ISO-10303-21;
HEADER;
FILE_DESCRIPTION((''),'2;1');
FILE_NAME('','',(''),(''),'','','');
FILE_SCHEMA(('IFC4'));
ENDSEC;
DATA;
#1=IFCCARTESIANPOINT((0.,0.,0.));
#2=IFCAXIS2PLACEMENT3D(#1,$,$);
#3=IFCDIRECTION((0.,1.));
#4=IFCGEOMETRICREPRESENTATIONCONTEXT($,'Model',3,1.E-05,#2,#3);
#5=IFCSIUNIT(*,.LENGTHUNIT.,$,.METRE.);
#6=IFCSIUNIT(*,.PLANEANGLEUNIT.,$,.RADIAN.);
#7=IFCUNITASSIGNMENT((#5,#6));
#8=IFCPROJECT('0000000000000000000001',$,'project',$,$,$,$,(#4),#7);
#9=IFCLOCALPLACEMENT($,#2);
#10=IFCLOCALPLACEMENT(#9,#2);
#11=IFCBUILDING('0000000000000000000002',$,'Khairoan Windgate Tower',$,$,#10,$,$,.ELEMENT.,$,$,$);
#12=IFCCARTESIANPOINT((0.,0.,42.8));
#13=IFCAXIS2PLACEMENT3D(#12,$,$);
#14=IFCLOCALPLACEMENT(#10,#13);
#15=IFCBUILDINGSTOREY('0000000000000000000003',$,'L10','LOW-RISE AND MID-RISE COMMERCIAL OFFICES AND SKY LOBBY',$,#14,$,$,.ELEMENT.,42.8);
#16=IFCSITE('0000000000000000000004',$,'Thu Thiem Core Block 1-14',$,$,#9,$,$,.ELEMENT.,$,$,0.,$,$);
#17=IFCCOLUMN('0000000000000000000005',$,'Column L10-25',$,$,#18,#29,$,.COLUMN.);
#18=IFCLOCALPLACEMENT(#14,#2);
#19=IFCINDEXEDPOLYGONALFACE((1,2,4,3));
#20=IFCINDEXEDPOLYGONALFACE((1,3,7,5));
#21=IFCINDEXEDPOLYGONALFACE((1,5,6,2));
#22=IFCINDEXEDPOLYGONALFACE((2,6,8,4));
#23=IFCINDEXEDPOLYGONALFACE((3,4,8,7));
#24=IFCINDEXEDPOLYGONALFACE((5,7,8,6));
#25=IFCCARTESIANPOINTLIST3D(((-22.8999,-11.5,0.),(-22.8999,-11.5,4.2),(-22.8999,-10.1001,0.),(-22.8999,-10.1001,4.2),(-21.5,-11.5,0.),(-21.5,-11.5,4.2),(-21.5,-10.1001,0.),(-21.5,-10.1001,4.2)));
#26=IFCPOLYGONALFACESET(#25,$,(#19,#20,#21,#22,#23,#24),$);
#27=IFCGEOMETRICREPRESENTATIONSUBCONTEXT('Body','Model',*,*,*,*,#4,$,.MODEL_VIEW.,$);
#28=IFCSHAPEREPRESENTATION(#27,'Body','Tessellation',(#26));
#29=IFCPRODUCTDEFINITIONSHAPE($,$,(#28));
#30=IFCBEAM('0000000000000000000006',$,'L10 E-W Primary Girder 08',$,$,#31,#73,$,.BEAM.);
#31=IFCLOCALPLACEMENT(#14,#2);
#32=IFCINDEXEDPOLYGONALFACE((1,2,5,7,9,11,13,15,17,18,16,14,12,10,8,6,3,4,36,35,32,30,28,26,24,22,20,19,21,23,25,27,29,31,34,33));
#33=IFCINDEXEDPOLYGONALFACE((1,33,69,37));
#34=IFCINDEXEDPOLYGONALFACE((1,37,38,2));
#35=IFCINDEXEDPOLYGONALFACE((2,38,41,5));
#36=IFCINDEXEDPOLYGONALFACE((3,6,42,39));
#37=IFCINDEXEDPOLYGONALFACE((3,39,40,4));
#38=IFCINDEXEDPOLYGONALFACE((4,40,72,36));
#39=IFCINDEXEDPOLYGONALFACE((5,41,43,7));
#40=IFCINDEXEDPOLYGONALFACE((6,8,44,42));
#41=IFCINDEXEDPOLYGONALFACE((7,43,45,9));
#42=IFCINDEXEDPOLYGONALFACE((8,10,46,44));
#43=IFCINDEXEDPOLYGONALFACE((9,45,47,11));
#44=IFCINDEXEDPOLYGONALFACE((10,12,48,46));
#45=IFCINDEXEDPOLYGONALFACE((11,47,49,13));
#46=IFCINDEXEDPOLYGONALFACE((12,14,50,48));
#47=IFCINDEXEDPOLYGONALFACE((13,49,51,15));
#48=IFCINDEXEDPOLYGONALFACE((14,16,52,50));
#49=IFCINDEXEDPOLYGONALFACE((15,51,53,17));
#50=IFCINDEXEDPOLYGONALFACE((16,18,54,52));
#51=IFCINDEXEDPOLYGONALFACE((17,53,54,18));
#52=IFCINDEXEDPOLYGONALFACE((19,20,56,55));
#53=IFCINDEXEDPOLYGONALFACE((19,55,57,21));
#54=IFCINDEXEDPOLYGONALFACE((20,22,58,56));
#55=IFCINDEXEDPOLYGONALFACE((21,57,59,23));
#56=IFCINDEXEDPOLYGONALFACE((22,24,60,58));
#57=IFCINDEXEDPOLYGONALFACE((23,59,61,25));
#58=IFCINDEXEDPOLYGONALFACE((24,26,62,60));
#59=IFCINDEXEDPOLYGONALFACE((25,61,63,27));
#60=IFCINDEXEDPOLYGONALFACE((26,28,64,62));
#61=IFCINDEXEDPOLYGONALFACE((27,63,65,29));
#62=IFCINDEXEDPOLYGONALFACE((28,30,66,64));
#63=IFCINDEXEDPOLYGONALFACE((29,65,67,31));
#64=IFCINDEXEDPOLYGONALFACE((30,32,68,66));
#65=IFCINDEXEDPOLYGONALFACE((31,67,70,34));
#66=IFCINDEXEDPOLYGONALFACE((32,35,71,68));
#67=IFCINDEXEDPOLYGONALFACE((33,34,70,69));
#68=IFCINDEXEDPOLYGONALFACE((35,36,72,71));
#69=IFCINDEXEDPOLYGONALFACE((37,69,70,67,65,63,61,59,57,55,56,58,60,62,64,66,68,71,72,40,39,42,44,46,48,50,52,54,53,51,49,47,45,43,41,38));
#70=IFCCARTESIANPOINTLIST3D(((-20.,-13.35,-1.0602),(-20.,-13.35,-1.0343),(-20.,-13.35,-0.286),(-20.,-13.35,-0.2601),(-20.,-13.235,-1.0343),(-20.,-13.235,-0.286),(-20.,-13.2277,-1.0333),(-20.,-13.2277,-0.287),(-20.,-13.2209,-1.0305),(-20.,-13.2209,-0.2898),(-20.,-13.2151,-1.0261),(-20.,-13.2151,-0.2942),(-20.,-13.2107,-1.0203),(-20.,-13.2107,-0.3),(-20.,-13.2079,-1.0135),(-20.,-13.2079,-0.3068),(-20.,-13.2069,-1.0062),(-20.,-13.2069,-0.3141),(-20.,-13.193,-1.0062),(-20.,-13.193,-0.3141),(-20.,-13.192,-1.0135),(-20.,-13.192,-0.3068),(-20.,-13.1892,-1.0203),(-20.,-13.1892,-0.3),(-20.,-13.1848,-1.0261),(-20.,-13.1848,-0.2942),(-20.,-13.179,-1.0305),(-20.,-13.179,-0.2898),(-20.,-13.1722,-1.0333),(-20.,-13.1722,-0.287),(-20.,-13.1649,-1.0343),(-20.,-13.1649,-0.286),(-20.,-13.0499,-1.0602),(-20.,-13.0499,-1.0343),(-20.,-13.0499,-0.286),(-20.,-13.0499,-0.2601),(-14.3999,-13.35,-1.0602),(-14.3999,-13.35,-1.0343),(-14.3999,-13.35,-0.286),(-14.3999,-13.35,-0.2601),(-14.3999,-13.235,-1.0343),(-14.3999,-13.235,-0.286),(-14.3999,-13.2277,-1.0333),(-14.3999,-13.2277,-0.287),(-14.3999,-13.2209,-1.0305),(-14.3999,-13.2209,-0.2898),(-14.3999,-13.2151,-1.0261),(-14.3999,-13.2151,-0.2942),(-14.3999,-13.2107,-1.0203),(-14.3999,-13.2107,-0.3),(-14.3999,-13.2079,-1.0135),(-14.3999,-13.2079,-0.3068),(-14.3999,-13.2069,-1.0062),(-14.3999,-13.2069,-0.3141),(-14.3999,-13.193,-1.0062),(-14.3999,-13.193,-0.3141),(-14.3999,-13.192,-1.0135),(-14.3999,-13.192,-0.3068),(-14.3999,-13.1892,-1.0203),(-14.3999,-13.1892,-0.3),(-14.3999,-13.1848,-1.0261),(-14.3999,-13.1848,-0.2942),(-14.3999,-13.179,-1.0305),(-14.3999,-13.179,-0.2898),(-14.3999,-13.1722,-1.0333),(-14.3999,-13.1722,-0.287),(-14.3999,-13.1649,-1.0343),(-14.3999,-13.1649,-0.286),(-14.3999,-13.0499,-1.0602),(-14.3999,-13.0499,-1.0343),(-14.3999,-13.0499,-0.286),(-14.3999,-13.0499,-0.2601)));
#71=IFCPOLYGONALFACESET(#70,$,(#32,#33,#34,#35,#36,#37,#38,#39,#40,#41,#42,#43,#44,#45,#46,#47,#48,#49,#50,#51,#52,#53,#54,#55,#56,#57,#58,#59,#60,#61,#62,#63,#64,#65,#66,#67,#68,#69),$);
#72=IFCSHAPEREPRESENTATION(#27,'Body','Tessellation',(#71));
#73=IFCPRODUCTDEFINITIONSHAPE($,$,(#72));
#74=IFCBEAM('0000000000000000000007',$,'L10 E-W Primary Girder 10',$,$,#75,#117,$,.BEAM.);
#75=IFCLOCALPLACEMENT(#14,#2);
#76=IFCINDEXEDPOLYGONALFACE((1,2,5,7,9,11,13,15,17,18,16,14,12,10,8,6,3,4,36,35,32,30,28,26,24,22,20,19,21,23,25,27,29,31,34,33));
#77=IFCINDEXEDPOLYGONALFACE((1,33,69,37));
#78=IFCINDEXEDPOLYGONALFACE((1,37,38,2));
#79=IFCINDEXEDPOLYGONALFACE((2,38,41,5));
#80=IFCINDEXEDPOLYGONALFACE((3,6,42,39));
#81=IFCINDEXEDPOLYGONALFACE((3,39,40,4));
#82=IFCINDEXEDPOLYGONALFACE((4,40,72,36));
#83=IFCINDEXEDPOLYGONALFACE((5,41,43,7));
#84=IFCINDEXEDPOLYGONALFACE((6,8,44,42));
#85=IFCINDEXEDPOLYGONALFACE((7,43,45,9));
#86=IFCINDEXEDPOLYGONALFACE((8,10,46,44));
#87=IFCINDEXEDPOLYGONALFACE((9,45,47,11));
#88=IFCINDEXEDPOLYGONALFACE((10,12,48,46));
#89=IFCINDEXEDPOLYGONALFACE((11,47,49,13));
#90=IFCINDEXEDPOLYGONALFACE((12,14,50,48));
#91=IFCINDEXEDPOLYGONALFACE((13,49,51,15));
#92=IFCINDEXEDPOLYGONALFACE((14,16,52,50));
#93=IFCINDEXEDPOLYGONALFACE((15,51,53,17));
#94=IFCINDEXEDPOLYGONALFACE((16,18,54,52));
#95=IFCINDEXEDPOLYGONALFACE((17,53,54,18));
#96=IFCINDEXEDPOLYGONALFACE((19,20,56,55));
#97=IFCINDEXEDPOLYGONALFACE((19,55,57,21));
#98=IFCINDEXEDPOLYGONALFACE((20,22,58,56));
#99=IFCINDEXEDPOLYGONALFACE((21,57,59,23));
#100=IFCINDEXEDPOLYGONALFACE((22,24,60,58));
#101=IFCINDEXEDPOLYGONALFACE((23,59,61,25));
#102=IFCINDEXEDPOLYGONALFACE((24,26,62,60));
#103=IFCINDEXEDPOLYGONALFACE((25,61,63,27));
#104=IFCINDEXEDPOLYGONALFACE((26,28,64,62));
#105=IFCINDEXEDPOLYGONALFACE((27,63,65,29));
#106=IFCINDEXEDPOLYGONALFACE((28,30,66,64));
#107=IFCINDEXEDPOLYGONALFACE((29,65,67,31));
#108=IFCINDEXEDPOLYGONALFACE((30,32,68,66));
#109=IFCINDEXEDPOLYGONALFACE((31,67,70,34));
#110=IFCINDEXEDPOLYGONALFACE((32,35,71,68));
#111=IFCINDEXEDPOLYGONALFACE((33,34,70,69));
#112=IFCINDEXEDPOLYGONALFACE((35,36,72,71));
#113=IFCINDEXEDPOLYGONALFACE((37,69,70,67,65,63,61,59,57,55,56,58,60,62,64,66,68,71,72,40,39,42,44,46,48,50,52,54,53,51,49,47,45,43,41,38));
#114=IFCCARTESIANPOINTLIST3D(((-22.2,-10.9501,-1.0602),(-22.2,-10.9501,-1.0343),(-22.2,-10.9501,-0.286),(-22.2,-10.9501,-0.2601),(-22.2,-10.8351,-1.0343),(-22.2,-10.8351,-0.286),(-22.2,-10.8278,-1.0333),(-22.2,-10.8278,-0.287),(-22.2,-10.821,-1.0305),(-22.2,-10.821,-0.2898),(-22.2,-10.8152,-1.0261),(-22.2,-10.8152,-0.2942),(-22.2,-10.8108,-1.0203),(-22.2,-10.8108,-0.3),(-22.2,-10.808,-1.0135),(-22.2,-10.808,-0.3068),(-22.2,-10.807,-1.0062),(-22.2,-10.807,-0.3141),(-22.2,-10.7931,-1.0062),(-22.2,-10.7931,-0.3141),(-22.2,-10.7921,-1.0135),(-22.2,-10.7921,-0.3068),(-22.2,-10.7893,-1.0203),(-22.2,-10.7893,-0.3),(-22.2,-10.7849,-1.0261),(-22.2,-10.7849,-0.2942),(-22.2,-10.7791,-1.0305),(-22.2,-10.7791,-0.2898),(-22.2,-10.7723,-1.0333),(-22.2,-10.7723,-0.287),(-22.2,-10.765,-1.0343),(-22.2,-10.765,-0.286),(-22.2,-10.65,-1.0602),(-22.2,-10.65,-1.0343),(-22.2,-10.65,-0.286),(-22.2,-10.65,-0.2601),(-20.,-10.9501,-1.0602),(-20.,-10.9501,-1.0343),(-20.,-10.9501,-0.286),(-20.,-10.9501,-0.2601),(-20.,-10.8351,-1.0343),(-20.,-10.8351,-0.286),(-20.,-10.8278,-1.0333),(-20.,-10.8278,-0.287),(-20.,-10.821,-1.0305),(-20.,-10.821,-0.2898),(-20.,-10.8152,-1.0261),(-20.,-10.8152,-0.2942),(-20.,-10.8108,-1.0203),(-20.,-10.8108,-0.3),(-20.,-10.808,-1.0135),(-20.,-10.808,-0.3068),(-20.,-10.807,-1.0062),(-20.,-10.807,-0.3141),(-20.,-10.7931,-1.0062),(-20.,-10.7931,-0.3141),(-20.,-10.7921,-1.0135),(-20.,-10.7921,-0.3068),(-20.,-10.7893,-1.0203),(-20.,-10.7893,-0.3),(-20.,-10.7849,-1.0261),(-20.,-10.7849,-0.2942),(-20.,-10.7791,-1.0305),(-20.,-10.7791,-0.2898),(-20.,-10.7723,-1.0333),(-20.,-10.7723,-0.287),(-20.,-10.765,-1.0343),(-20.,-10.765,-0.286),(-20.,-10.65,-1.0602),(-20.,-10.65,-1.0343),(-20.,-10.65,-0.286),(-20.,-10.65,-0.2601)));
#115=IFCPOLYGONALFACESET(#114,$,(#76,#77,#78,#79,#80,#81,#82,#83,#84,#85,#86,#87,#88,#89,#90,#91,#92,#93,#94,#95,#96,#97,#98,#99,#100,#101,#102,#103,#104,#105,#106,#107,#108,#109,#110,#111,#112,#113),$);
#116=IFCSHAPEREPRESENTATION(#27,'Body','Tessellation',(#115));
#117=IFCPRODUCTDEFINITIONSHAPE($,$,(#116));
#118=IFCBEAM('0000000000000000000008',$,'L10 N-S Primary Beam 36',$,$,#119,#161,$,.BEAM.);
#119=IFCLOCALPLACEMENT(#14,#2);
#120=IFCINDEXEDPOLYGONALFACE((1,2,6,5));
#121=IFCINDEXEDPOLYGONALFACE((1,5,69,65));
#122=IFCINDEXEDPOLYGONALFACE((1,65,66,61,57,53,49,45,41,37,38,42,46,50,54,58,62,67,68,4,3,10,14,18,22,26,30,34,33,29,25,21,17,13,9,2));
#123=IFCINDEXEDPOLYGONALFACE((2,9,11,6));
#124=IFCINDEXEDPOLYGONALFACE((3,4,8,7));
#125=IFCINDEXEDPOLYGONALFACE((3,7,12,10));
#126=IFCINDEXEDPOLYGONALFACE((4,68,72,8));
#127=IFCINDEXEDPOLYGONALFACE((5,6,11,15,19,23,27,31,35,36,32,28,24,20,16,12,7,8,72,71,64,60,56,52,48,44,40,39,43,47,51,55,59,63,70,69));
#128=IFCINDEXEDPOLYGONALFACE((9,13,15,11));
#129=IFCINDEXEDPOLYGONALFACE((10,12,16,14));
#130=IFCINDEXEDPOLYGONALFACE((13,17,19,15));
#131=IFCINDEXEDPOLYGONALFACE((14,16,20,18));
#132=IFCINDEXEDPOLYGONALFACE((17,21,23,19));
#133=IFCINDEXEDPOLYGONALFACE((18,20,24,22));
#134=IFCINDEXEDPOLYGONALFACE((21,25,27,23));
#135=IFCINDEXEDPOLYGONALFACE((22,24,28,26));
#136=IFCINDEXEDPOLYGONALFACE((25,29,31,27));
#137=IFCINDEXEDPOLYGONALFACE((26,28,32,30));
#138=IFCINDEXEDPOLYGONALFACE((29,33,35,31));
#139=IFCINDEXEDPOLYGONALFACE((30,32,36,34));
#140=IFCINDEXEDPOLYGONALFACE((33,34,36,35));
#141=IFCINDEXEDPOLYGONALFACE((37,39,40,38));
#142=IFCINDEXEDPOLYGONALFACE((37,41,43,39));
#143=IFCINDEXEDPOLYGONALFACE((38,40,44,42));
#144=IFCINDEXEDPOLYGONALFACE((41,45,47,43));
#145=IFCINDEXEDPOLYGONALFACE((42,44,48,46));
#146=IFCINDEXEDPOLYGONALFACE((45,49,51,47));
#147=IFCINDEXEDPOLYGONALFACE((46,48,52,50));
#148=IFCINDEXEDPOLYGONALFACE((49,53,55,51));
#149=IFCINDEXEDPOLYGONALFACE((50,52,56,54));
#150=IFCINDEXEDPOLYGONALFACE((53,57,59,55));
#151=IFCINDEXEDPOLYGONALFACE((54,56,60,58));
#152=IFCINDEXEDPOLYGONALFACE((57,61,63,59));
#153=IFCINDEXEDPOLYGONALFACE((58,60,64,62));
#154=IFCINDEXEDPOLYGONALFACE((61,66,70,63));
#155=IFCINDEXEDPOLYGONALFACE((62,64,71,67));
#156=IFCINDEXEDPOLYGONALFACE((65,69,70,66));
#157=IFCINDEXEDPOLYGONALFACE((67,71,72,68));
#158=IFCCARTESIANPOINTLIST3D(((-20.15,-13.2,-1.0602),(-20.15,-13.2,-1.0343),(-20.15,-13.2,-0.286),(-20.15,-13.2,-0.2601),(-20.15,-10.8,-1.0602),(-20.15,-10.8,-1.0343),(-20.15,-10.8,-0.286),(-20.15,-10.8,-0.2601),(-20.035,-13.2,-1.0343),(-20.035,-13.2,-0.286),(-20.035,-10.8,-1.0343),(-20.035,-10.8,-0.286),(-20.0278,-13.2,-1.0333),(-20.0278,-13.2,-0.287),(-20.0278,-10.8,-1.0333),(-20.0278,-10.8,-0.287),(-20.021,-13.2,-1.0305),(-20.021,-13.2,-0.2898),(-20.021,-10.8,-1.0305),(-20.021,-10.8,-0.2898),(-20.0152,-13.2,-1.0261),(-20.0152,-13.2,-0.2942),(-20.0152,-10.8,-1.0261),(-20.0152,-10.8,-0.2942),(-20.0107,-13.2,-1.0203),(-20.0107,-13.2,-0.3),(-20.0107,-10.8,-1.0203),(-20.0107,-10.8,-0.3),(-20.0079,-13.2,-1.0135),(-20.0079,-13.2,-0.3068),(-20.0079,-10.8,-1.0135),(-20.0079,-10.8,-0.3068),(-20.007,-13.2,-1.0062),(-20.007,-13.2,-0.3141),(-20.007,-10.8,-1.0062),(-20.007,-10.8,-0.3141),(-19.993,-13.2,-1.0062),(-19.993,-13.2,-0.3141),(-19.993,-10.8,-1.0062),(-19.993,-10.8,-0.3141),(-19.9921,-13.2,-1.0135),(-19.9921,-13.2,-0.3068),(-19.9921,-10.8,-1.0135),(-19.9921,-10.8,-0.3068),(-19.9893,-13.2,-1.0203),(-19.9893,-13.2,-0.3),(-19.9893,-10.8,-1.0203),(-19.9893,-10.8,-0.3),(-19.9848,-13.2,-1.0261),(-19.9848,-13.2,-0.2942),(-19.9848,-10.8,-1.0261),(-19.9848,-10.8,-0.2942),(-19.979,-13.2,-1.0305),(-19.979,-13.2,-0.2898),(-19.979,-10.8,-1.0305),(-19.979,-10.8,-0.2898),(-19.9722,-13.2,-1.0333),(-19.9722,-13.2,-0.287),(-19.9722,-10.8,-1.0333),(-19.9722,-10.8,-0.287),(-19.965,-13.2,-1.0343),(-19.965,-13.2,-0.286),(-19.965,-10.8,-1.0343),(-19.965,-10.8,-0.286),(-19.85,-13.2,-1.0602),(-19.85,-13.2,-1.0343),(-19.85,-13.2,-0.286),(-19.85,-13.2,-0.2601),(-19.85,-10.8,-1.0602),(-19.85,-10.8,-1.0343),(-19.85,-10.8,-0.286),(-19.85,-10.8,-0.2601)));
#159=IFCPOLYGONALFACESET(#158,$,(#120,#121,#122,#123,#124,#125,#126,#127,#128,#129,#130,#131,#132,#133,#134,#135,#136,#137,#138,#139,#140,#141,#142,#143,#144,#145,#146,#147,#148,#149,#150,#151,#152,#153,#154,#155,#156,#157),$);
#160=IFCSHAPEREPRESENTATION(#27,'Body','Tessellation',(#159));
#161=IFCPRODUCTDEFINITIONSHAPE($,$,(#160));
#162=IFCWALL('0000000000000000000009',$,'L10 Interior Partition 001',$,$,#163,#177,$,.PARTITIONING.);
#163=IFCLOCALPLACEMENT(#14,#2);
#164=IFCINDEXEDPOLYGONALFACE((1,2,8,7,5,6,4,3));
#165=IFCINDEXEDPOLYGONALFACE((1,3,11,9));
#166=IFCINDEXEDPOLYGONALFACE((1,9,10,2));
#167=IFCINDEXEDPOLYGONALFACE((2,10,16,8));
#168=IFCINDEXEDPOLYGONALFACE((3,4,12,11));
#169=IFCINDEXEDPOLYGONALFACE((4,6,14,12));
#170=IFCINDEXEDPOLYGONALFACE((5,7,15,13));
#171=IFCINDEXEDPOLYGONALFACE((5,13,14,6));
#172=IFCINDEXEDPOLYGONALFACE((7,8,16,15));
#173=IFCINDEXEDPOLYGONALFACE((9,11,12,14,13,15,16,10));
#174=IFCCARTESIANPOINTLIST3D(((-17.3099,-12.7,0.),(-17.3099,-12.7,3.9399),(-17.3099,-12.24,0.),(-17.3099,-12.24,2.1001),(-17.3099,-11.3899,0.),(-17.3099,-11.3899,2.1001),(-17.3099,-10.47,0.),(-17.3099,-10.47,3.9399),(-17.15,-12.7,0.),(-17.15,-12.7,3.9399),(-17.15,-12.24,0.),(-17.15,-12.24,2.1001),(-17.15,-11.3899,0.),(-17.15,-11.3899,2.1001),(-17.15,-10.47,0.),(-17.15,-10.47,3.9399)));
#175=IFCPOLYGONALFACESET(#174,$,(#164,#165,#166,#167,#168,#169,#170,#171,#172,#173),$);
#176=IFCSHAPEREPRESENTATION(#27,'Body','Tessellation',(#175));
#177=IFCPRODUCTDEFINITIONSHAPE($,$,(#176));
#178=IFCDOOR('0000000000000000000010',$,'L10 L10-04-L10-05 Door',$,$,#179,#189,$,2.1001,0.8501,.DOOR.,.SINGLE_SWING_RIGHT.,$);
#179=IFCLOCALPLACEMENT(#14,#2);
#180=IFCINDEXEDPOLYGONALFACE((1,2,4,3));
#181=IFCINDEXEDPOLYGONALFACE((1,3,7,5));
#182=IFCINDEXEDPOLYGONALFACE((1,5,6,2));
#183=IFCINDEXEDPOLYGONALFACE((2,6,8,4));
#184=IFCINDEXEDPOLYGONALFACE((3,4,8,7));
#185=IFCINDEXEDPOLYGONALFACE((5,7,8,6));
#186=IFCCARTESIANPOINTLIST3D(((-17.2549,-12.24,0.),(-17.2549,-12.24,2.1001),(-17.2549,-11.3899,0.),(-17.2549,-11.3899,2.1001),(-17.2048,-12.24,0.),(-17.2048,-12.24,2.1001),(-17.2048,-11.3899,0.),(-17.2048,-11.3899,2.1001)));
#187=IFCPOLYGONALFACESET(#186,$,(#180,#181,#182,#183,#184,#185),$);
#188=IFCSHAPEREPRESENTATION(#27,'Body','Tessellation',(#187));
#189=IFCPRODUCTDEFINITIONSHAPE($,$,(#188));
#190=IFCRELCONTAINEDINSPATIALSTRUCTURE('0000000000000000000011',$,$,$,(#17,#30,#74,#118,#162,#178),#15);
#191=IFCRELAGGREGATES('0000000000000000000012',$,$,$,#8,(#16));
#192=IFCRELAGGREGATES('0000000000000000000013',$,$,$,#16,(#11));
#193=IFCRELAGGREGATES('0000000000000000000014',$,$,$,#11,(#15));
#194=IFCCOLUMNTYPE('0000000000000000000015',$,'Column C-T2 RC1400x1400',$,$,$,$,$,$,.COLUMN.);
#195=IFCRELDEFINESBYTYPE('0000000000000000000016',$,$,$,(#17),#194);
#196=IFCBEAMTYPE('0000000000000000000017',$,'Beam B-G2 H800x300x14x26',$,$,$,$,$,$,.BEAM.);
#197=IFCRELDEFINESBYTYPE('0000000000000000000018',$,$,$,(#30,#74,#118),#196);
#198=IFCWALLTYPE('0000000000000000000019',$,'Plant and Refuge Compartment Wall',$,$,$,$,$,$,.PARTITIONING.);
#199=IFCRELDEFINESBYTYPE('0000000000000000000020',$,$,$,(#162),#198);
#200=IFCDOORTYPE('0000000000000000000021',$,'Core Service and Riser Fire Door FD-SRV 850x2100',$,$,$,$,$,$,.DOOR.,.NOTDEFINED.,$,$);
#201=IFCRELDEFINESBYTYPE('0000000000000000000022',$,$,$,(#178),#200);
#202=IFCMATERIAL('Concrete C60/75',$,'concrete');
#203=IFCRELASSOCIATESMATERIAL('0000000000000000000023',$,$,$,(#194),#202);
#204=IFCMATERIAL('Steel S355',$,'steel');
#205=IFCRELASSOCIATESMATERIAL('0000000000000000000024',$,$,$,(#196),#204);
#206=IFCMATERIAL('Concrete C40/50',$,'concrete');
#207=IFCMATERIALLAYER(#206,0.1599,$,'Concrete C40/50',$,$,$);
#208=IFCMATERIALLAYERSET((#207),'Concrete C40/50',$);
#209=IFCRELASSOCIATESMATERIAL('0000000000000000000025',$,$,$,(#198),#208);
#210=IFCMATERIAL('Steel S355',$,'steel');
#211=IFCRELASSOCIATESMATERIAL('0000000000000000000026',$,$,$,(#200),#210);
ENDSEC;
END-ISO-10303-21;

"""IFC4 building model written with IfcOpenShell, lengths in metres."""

from ifc_helpers import new_model, si_unit, direction, frame, frame_2d, origin, origin_2d, place, context, subcontext, project, spatial, rectangle, i_section, extrude, material, layer, layer_set, material_profile, profile_set, type_object, element, fill, save


model = new_model("IFC4")

# Units and contexts
model_context = context("Model", 3, precision=1e-05, world=origin(), true_north=direction((0.0, 1.0)))
body_context = subcontext(model_context, "Body", "Model", "MODEL_VIEW")
ifc_project = project(units=[si_unit("LENGTHUNIT", "METRE"), si_unit("PLANEANGLEUNIT", "RADIAN")], contexts=[model_context])

# Site, building, storey
site_placement = place(None, origin())
site = spatial("IfcSite", under=ifc_project, at=site_placement, Name="Thu Thiem Core Block 1-14", CompositionType="ELEMENT", RefElevation=0.0)
building_placement = place(site_placement, origin())
building = spatial("IfcBuilding", under=site, at=building_placement, Name="Khairoan Windgate Tower", CompositionType="ELEMENT")
storey_placement = place(building_placement, frame((0.0, 0.0, 42.8)))
storey = spatial("IfcBuildingStorey", under=building, at=storey_placement, Name="L10", Description="LOW-RISE AND MID-RISE COMMERCIAL OFFICES AND SKY LOBBY", CompositionType="ELEMENT", Elevation=42.8)

# Column
ifc_material_1 = material(Name="Concrete C60/75", Category="concrete")
ifc_material_profile_1 = material_profile(ifc_material_1, rectangle(XDim=1.3999, YDim=1.3999, at=origin_2d()))
ifc_profile_set_1 = profile_set([ifc_material_profile_1], Name="Concrete C60/75")
column_type = type_object("IfcColumnType", Name="Column C-T2 RC1400x1400", PredefinedType="COLUMN", material=ifc_profile_set_1)
column_placement = place(storey_placement, frame((-22.2, -10.8, 0.0), z_axis=(0.0, 0.0, 1.0), x_axis=(1.0, 0.0, 0.0)))
element("IfcColumn", 1, at=column_placement, inside=storey, type_object=column_type, Name="Column L10-25", PredefinedType="COLUMN", context=body_context, shape_type="SweptSolid", body=[
    extrude(rectangle(XDim=1.3999, YDim=1.3999, at=origin_2d()), origin(), (0.0, 0.0, 1.0), 4.2),
])

# Beams
ifc_material_2 = material(Name="Steel S355", Category="steel")
ifc_material_profile_2 = material_profile(ifc_material_2, i_section(OverallWidth=0.3, OverallDepth=0.8, WebThickness=0.0139, FlangeThickness=0.0259, FilletRadius=0.0281, at=origin_2d()))
ifc_profile_set_2 = profile_set([ifc_material_profile_2], Name="Steel S355")
beam_type = type_object("IfcBeamType", Name="Beam B-G2 H800x300x14x26", PredefinedType="BEAM", material=ifc_profile_set_2)
beam_1_placement = place(storey_placement, frame((-20.0, -13.2, -0.6602), z_axis=(1.0, 0.0, 0.0), x_axis=(0.0, 1.0, 0.0)))
element("IfcBeam", 2, at=beam_1_placement, inside=storey, type_object=beam_type, Name="L10 E-W Primary Girder 08", PredefinedType="BEAM", context=body_context, shape_type="SweptSolid", body=[
    extrude(i_section(OverallWidth=0.3, OverallDepth=0.8, WebThickness=0.0139, FlangeThickness=0.0259, FilletRadius=0.0281, at=origin_2d()), origin(), (0.0, 0.0, 1.0), 5.6001),
])
beam_2_placement = place(storey_placement, frame((-22.2, -10.8, -0.6602), z_axis=(1.0, 0.0, 0.0), x_axis=(0.0, 1.0, 0.0)))
element("IfcBeam", 3, at=beam_2_placement, inside=storey, type_object=beam_type, Name="L10 E-W Primary Girder 10", PredefinedType="BEAM", context=body_context, shape_type="SweptSolid", body=[
    extrude(i_section(OverallWidth=0.3, OverallDepth=0.8, WebThickness=0.0139, FlangeThickness=0.0259, FilletRadius=0.0281, at=origin_2d()), origin(), (0.0, 0.0, 1.0), 2.2),
])
beam_3_placement = place(storey_placement, frame((-20.0, -13.2, -0.6602), z_axis=(0.0, 1.0, 0.0), x_axis=(-1.0, 0.0, 0.0)))
element("IfcBeam", 4, at=beam_3_placement, inside=storey, type_object=beam_type, Name="L10 N-S Primary Beam 36", PredefinedType="BEAM", context=body_context, shape_type="SweptSolid", body=[
    extrude(i_section(OverallWidth=0.3, OverallDepth=0.8, WebThickness=0.0139, FlangeThickness=0.0259, FilletRadius=0.0281, at=origin_2d()), origin(), (0.0, 0.0, 1.0), 2.3999),
])

# Wall, opening, door
ifc_material_3 = material(Name="Concrete C40/50", Category="concrete")
ifc_layer_1 = layer(ifc_material_3, 0.1599, Name="Concrete C40/50")
ifc_layer_set_1 = layer_set([ifc_layer_1], Name="Concrete C40/50")
wall_type_1 = type_object("IfcWallType", Name="Plant and Refuge Compartment Wall", PredefinedType="PARTITIONING", material=ifc_layer_set_1)
wall_1_placement = place(storey_placement, frame((-17.23, -12.7, 0.0), z_axis=(0.0, 0.0, 1.0), x_axis=(0.0, 1.0, 0.0)))
wall_1 = element("IfcWall", 5, at=wall_1_placement, inside=storey, type_object=wall_type_1, Name="L10 Interior Partition 001", PredefinedType="PARTITIONING", context=body_context, shape_type="SweptSolid", body=[
    extrude(rectangle(XDim=2.23, YDim=0.1599, at=frame_2d((1.115, 0.0))), origin(), (0.0, 0.0, 1.0), 3.9399),
])
opening_1_placement = place(wall_1_placement, frame((0.46, 0.0, 0.0)))
opening_1 = element("IfcOpeningElement", 6, at=opening_1_placement, cuts=wall_1, PredefinedType="OPENING", context=body_context, shape_type="SweptSolid", body=[
    extrude(rectangle(XDim=0.8501, YDim=2.1001, at=frame_2d((0.425, 1.05))), frame((0.0, 0.0898, 0.0), z_axis=(0.0, -1.0, 0.0), x_axis=(1.0, 0.0, 0.0)), (0.0, 0.0, 1.0), 0.1799),
])
ifc_material_4 = material(Name="Steel S355", Category="steel")
door_type_1 = type_object("IfcDoorType", Name="Core Service and Riser Fire Door FD-SRV 850x2100", OperationType="NOTDEFINED", PredefinedType="DOOR", material=ifc_material_4)
door_1_placement = place(opening_1_placement, origin())
door_1 = element("IfcDoor", 7, at=door_1_placement, inside=storey, type_object=door_type_1, Name="L10 L10-04-L10-05 Door", OperationType="SINGLE_SWING_RIGHT", OverallHeight=2.1001, OverallWidth=0.8501, PredefinedType="DOOR", context=body_context, shape_type="SweptSolid", body=[
    extrude(rectangle(XDim=0.8501, YDim=2.1001, at=frame_2d((0.425, 1.05))), frame((0.0, 0.0249, 0.0), z_axis=(0.0, -1.0, 0.0), x_axis=(1.0, 0.0, 0.0)), (0.0, 0.0, 1.0), 0.05),
])
fill(opening_1, door_1)

save(model, "model.ifc")
